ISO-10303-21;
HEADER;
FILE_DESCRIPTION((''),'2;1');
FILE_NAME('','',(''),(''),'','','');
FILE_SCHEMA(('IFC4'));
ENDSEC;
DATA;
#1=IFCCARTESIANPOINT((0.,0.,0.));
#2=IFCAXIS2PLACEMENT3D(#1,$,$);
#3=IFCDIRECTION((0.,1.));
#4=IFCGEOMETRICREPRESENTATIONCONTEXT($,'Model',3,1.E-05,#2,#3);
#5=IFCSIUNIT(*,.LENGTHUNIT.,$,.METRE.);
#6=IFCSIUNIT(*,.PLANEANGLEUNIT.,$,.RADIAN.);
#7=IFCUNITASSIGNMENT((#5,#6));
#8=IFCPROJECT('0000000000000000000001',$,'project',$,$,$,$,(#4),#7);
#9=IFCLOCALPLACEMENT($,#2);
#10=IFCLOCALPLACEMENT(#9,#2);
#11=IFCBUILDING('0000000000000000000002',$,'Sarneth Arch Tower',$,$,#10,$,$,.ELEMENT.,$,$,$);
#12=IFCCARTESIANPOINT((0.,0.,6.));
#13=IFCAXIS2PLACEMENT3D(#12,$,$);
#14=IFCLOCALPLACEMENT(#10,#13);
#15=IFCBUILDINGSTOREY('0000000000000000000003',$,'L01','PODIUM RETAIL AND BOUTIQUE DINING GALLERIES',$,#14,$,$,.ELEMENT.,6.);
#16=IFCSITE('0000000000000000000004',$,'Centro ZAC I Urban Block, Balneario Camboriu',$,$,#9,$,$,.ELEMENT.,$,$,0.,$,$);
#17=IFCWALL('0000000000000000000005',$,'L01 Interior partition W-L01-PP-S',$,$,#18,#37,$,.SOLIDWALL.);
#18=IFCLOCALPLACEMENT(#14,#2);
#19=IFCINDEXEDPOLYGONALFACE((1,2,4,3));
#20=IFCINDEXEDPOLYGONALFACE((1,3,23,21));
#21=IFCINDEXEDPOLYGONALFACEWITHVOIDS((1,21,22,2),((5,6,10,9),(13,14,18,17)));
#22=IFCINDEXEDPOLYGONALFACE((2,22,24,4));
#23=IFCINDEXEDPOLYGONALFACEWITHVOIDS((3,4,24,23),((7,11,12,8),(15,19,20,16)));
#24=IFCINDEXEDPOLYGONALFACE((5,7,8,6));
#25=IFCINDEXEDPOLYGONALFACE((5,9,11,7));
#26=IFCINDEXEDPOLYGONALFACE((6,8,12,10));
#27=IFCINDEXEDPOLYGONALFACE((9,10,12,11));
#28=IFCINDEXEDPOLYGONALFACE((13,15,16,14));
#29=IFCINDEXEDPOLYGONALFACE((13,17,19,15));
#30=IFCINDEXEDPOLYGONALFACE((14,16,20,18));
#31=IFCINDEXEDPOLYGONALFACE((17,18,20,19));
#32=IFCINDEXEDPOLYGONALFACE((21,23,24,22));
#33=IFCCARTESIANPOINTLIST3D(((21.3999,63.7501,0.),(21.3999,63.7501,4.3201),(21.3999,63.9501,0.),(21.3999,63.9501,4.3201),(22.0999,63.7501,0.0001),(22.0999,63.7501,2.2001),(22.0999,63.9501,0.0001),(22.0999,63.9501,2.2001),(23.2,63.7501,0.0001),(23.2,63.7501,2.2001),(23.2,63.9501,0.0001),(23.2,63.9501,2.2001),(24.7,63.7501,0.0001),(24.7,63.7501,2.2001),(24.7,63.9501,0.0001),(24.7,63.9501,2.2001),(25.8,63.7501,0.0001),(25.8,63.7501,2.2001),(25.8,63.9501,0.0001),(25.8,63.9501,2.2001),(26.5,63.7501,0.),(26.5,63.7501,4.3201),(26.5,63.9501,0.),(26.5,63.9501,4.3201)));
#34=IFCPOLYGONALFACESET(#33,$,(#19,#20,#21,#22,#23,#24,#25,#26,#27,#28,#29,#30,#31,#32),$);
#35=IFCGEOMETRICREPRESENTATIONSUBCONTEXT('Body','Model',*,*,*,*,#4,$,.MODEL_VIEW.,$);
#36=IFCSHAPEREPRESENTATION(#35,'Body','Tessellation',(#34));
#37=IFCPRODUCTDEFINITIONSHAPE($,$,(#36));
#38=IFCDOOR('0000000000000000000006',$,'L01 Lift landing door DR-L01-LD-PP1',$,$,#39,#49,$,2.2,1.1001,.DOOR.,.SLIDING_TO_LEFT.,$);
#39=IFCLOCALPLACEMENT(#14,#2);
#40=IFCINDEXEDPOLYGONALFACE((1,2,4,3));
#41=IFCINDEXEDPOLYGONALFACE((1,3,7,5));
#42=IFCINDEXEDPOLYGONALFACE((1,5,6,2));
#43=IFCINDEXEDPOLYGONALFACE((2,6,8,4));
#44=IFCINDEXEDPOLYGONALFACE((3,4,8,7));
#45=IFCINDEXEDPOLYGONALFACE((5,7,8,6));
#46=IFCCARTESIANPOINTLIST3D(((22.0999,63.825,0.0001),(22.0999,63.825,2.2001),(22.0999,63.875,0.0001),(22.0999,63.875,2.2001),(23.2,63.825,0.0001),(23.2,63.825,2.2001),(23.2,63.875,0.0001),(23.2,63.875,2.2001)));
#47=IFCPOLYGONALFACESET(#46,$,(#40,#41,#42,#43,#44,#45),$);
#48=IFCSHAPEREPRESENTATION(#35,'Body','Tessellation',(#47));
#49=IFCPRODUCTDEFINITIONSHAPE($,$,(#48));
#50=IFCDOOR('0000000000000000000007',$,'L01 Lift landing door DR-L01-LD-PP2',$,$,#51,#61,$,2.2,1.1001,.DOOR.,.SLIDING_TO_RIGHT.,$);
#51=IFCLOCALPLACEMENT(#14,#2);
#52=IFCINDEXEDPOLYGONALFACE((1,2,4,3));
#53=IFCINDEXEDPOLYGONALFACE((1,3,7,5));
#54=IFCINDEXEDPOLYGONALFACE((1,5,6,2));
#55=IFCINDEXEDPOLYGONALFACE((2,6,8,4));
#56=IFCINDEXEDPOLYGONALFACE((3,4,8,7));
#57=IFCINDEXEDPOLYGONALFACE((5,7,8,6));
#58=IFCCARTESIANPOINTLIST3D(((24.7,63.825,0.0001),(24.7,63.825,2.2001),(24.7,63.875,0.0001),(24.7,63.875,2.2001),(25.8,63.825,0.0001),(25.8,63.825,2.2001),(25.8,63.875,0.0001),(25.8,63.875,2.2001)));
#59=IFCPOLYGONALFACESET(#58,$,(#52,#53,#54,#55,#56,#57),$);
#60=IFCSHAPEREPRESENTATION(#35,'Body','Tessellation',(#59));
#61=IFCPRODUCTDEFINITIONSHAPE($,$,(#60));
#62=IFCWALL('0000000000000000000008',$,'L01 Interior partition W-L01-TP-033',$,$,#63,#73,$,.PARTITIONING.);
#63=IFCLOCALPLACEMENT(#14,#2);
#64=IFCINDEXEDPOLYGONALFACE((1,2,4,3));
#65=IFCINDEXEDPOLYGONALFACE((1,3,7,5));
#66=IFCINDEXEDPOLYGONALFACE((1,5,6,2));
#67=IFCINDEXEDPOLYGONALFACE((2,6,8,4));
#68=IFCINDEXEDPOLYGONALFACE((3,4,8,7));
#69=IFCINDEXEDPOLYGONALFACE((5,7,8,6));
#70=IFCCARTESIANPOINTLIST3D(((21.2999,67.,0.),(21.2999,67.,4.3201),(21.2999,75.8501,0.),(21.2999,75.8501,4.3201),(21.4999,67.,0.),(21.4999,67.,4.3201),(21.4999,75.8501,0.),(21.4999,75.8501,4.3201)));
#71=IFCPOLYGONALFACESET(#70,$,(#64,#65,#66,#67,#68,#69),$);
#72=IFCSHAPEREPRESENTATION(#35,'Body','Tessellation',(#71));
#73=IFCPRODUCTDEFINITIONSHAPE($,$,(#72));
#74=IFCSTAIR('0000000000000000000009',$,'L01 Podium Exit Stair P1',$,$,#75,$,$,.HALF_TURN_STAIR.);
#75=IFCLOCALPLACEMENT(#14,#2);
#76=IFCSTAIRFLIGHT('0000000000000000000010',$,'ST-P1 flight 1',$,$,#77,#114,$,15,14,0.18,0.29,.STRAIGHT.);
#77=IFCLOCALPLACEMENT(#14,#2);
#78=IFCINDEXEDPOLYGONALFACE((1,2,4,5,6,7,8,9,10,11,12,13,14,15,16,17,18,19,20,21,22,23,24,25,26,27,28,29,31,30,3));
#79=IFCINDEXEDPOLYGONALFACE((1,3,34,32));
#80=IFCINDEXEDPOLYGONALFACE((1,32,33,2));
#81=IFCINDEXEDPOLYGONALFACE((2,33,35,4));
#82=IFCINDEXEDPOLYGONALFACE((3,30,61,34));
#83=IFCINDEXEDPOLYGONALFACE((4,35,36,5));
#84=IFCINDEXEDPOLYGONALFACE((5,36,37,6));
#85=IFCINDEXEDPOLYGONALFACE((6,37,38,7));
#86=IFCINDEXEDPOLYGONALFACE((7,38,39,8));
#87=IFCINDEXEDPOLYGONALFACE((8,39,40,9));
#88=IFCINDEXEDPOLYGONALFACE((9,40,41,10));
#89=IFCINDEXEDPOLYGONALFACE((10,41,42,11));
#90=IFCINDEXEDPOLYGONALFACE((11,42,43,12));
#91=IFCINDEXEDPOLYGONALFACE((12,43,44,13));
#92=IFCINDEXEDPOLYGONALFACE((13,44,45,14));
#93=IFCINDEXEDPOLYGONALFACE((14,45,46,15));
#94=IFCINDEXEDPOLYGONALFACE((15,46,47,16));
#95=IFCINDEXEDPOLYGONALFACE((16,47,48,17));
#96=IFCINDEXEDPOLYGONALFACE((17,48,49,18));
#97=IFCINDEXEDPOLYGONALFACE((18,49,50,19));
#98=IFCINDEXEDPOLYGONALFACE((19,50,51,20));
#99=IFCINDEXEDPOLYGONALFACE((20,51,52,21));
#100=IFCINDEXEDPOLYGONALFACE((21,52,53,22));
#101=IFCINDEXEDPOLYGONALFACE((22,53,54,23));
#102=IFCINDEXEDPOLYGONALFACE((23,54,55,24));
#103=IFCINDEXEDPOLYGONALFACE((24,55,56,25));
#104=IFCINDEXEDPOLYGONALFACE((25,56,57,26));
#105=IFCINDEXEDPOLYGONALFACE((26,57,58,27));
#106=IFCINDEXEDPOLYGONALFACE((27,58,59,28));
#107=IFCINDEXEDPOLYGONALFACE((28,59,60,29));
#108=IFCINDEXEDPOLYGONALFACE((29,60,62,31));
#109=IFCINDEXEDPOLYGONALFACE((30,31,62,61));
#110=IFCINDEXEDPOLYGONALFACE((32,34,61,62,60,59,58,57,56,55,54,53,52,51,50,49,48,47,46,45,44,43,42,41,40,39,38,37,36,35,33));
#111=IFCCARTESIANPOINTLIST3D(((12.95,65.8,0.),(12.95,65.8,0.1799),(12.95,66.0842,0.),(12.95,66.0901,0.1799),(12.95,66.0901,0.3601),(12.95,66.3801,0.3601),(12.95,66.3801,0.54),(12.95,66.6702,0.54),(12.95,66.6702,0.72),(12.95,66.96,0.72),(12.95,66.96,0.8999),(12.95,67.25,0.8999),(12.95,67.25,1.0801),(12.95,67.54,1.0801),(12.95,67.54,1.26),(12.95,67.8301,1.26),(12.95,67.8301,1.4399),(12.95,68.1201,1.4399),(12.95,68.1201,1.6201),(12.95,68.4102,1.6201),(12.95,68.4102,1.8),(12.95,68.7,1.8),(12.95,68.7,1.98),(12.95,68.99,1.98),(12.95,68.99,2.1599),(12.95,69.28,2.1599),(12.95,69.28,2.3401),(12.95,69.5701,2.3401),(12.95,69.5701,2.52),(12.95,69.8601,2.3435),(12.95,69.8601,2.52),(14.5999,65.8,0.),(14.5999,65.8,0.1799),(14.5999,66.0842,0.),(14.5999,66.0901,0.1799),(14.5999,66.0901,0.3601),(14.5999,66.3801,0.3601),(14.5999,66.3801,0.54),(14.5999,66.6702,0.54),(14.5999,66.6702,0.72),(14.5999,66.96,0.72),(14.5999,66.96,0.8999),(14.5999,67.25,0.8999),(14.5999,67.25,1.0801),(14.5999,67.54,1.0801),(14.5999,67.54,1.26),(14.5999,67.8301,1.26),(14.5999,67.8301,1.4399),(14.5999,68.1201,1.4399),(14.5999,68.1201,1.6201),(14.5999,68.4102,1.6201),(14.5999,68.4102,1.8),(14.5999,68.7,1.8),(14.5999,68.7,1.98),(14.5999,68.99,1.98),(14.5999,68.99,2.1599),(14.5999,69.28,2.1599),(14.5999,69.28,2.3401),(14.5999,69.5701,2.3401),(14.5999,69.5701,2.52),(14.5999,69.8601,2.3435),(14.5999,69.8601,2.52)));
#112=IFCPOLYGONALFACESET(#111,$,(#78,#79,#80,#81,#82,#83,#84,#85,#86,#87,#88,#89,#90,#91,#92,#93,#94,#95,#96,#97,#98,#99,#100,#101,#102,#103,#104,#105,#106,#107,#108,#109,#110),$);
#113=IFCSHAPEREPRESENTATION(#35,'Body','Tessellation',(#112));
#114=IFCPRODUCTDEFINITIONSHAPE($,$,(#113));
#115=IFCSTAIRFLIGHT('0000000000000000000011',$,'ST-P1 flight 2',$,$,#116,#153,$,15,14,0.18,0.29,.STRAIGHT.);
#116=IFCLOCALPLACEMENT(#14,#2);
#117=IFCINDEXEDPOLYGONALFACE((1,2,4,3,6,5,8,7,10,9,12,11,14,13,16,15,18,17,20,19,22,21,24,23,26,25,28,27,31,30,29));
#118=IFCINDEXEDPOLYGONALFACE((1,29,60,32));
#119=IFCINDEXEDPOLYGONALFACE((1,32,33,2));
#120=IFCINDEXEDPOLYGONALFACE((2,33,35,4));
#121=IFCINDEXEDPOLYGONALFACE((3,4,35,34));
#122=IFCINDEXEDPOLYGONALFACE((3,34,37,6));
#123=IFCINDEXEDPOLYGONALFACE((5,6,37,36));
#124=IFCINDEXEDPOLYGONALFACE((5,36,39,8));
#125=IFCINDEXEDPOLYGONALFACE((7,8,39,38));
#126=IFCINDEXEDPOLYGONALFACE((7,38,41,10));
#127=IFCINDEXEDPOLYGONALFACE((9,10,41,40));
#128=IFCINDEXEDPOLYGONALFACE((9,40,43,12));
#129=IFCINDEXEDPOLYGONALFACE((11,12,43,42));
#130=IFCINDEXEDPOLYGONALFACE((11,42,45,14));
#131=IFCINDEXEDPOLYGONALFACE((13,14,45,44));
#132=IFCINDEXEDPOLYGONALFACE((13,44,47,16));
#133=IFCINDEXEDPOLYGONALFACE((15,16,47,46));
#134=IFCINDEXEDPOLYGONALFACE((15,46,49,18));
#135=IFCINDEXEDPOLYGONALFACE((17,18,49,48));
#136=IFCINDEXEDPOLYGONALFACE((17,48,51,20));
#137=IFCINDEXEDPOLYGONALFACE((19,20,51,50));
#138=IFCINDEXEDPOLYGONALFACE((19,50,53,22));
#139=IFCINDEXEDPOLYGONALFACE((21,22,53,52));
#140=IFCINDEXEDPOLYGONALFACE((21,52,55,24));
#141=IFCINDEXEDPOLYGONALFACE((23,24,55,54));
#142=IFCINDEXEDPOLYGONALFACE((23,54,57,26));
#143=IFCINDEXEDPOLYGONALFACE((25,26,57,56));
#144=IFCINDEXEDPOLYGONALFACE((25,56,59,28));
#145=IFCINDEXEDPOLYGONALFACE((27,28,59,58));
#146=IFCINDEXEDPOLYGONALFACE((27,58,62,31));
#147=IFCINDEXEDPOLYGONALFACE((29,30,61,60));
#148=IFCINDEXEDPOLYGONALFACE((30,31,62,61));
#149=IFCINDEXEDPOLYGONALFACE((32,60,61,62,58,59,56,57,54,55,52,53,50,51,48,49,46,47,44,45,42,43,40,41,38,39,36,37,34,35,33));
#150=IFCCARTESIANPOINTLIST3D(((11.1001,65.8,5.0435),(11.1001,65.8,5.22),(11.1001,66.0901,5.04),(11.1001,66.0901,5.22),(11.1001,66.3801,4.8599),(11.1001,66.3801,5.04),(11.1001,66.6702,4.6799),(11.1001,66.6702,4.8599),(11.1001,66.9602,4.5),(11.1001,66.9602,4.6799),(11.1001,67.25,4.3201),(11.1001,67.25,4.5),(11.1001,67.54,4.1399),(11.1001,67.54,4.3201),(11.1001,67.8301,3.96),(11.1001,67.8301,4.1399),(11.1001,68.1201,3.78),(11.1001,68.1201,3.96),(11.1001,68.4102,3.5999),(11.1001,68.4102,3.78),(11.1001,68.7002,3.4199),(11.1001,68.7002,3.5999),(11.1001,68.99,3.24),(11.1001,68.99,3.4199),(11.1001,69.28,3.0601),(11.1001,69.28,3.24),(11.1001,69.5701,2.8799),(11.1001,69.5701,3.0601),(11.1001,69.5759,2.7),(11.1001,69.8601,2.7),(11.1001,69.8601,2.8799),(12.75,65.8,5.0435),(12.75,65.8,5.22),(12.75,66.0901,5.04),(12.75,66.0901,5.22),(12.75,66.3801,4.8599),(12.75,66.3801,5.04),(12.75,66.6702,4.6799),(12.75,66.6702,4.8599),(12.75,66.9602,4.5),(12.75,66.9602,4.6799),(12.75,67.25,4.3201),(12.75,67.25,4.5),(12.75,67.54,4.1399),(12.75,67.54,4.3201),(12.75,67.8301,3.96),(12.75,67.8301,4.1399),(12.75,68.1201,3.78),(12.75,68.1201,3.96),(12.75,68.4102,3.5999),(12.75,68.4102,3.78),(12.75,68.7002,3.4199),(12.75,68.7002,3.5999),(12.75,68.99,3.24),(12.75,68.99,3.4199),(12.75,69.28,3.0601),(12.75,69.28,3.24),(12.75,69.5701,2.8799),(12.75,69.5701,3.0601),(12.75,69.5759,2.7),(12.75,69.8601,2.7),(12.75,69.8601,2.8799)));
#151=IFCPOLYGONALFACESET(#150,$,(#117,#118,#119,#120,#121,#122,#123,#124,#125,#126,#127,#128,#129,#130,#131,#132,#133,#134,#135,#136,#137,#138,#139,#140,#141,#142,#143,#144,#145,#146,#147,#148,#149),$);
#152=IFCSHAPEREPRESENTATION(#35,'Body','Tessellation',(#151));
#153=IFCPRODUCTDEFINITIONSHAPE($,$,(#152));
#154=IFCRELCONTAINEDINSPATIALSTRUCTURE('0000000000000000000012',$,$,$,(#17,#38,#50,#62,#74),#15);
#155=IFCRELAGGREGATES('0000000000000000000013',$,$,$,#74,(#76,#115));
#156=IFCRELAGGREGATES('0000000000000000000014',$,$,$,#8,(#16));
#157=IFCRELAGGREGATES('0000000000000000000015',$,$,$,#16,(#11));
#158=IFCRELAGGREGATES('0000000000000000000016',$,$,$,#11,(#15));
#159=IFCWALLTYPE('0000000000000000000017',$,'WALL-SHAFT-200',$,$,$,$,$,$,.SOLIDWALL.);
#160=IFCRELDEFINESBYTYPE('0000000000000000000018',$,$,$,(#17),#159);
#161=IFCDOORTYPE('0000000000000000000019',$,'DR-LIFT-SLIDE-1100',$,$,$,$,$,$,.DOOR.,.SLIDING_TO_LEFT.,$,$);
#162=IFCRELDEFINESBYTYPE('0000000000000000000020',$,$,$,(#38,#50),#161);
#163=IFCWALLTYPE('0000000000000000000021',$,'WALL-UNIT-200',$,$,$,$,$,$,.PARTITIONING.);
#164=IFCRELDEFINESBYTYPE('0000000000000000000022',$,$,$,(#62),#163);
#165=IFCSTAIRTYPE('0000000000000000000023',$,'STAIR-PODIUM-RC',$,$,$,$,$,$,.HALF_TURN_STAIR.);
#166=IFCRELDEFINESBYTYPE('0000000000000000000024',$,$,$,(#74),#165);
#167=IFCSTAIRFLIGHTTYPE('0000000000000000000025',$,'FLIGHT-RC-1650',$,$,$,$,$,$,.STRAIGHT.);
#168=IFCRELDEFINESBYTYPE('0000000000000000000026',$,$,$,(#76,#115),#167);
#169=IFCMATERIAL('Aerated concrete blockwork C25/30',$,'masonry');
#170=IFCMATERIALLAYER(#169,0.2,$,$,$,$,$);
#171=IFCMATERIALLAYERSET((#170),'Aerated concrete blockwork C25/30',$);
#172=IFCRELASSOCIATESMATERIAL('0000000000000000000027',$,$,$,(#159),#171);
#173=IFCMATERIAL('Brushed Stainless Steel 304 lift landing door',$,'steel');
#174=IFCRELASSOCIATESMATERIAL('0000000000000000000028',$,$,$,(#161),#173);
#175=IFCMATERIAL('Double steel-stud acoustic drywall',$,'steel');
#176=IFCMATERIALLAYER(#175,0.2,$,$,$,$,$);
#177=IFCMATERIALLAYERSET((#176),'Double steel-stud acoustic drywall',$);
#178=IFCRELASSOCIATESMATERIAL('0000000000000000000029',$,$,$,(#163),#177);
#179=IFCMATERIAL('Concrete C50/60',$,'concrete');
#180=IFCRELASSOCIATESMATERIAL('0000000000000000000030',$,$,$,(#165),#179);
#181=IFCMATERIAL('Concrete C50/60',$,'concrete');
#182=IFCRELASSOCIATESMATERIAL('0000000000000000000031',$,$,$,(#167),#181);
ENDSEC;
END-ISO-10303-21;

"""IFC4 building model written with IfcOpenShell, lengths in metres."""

from ifc_helpers import new_model, si_unit, direction, frame, frame_2d, origin, place, context, subcontext, project, spatial, polyline, rectangle, outline, extrude, material, layer, layer_set, type_object, element, fill, aggregate, save


model = new_model("IFC4")

# Units and contexts
model_context = context("Model", 3, precision=1e-05, world=origin(), true_north=direction((0.0, 1.0)))
body_context = subcontext(model_context, "Body", "Model", "MODEL_VIEW")
ifc_project = project(units=[si_unit("LENGTHUNIT", "METRE"), si_unit("PLANEANGLEUNIT", "RADIAN")], contexts=[model_context])

# Site, building, storey
site_placement = place(None, origin())
site = spatial("IfcSite", under=ifc_project, at=site_placement, Name="Centro ZAC I Urban Block, Balneario Camboriu", CompositionType="ELEMENT", RefElevation=0.0)
building_placement = place(site_placement, origin())
building = spatial("IfcBuilding", under=site, at=building_placement, Name="Sarneth Arch Tower", CompositionType="ELEMENT")
storey_placement = place(building_placement, frame((0.0, 0.0, 6.0)))
storey = spatial("IfcBuildingStorey", under=building, at=storey_placement, Name="L01", Description="PODIUM RETAIL AND BOUTIQUE DINING GALLERIES", CompositionType="ELEMENT", Elevation=6.0)

# Shared definitions
ifc_material_1 = material(Name="Aerated concrete blockwork C25/30", Category="masonry")
ifc_layer_1 = layer(ifc_material_1, 0.2)
ifc_layer_set_1 = layer_set([ifc_layer_1], Name="Aerated concrete blockwork C25/30")
wall_type_1 = type_object("IfcWallType", Name="WALL-SHAFT-200", PredefinedType="SOLIDWALL", material=ifc_layer_set_1)

# Wall, openings, doors
wall_1_placement = place(storey_placement, frame((21.3999, 63.8501, 0.0), z_axis=(0.0, 0.0, 1.0), x_axis=(1.0, 0.0, 0.0)))
wall_1 = element("IfcWall", 1, at=wall_1_placement, inside=storey, type_object=wall_type_1, Name="L01 Interior partition W-L01-PP-S", PredefinedType="SOLIDWALL", context=body_context, shape_type="SweptSolid", body=[
    extrude(rectangle(XDim=5.1001, YDim=0.2, at=frame_2d((2.55, 0.0))), origin(), (0.0, 0.0, 1.0), 4.3201),
])
opening_1_placement = place(wall_1_placement, frame((0.7, 0.0, 0.0)))
opening_1 = element("IfcOpeningElement", 2, at=opening_1_placement, cuts=wall_1, PredefinedType="OPENING", context=body_context, shape_type="SweptSolid", body=[
    extrude(rectangle(XDim=1.1001, YDim=2.2, at=frame_2d((0.55, 1.1001))), frame((0.0, 0.1099, 0.0), z_axis=(0.0, -1.0, 0.0), x_axis=(1.0, 0.0, 0.0)), (0.0, 0.0, 1.0), 0.22),
])
opening_2_placement = place(wall_1_placement, frame((3.3, 0.0, 0.0)))
opening_2 = element("IfcOpeningElement", 3, at=opening_2_placement, cuts=wall_1, PredefinedType="OPENING", context=body_context, shape_type="SweptSolid", body=[
    extrude(rectangle(XDim=1.1001, YDim=2.2, at=frame_2d((0.55, 1.1001))), frame((0.0, 0.1099, 0.0), z_axis=(0.0, -1.0, 0.0), x_axis=(1.0, 0.0, 0.0)), (0.0, 0.0, 1.0), 0.22),
])
ifc_material_2 = material(Name="Brushed Stainless Steel 304 lift landing door", Category="steel")
door_type_1 = type_object("IfcDoorType", Name="DR-LIFT-SLIDE-1100", OperationType="SLIDING_TO_LEFT", PredefinedType="DOOR", material=ifc_material_2)
door_1_placement = place(opening_1_placement, origin())
door_1 = element("IfcDoor", 4, at=door_1_placement, inside=storey, type_object=door_type_1, Name="L01 Lift landing door DR-L01-LD-PP1", OperationType="SLIDING_TO_LEFT", OverallHeight=2.2, OverallWidth=1.1001, PredefinedType="DOOR", context=body_context, shape_type="SweptSolid", body=[
    extrude(rectangle(XDim=1.1001, YDim=2.2, at=frame_2d((0.55, 1.1001))), frame((0.0, 0.0249, 0.0), z_axis=(0.0, -1.0, 0.0), x_axis=(1.0, 0.0, 0.0)), (0.0, 0.0, 1.0), 0.05),
])
fill(opening_1, door_1)
door_2_placement = place(opening_2_placement, origin())
door_2 = element("IfcDoor", 5, at=door_2_placement, inside=storey, type_object=door_type_1, Name="L01 Lift landing door DR-L01-LD-PP2", OperationType="SLIDING_TO_RIGHT", OverallHeight=2.2, OverallWidth=1.1001, PredefinedType="DOOR", context=body_context, shape_type="SweptSolid", body=[
    extrude(rectangle(XDim=1.1001, YDim=2.2, at=frame_2d((0.55, 1.1001))), frame((0.0, 0.0249, 0.0), z_axis=(0.0, -1.0, 0.0), x_axis=(1.0, 0.0, 0.0)), (0.0, 0.0, 1.0), 0.05),
])
fill(opening_2, door_2)

# Wall
ifc_material_3 = material(Name="Double steel-stud acoustic drywall", Category="steel")
ifc_layer_2 = layer(ifc_material_3, 0.2)
ifc_layer_set_2 = layer_set([ifc_layer_2], Name="Double steel-stud acoustic drywall")
wall_type_2 = type_object("IfcWallType", Name="WALL-UNIT-200", PredefinedType="PARTITIONING", material=ifc_layer_set_2)
wall_2_placement = place(storey_placement, frame((21.3999, 67.0, 0.0), z_axis=(0.0, 0.0, 1.0), x_axis=(0.0, 1.0, 0.0)))
element("IfcWall", 6, at=wall_2_placement, inside=storey, type_object=wall_type_2, Name="L01 Interior partition W-L01-TP-033", PredefinedType="PARTITIONING", context=body_context, shape_type="SweptSolid", body=[
    extrude(rectangle(XDim=8.8501, YDim=0.2, at=frame_2d((4.425, 0.0))), origin(), (0.0, 0.0, 1.0), 4.3201),
])

# Stair, stair flights
ifc_material_4 = material(Name="Concrete C50/60", Category="concrete")
stair_type = type_object("IfcStairType", Name="STAIR-PODIUM-RC", PredefinedType="HALF_TURN_STAIR", material=ifc_material_4)
stair_placement = place(storey_placement, origin())
stair = element("IfcStair", 7, at=stair_placement, inside=storey, type_object=stair_type, Name="L01 Podium Exit Stair P1", PredefinedType="HALF_TURN_STAIR")
ifc_material_5 = material(Name="Concrete C50/60", Category="concrete")
stair_flight_type = type_object("IfcStairFlightType", Name="FLIGHT-RC-1650", PredefinedType="STRAIGHT", material=ifc_material_5)
stair_flight_1_placement = place(storey_placement, frame((13.7749, 65.8, 0.0), z_axis=(0.0, 0.0, 1.0), x_axis=(0.0, 1.0, 0.0)))
stair_flight_1 = element("IfcStairFlight", 8, at=stair_flight_1_placement, type_object=stair_flight_type, Name="ST-P1 flight 1", NumberOfRisers=15, NumberOfTreads=14, PredefinedType="STRAIGHT", RiserHeight=0.18, TreadLength=0.29, context=body_context, shape_type="SweptSolid", body=[
    extrude(outline(polyline([(0.0, 0.0), (0.0, 0.1799), (0.29, 0.1799), (0.29, 0.3601), (0.5801, 0.3601), (0.5801, 0.54), (0.8701, 0.54), (0.8701, 0.72), (1.1599, 0.72), (1.1599, 0.8999), (1.45, 0.8999), (1.45, 1.0801), (1.74, 1.0801), (1.74, 1.26), (2.03, 1.26), (2.03, 1.4399), (2.3201, 1.4399), (2.3201, 1.6201), (2.6101, 1.6201), (2.6101, 1.8), (2.8999, 1.8), (2.8999, 1.98), (3.1899, 1.98), (3.1899, 2.1599), (3.48, 2.1599), (3.48, 2.3401), (3.77, 2.3401), (3.77, 2.52), (4.0601, 2.52), (4.0601, 2.7), (4.0601, 2.3435), (0.2842, 0.0), (0.0, 0.0)])), frame((0.0, 0.825, 0.0), z_axis=(0.0, -1.0, 0.0), x_axis=(1.0, 0.0, 0.0)), (0.0, 0.0, 1.0), 1.6499),
])
stair_flight_2_placement = place(storey_placement, frame((11.925, 69.8601, 2.7), z_axis=(0.0, 0.0, 1.0), x_axis=(0.0, -1.0, 0.0)))
stair_flight_2 = element("IfcStairFlight", 9, at=stair_flight_2_placement, type_object=stair_flight_type, Name="ST-P1 flight 2", NumberOfRisers=15, NumberOfTreads=14, PredefinedType="STRAIGHT", RiserHeight=0.18, TreadLength=0.29, context=body_context, shape_type="SweptSolid", body=[
    extrude(outline(polyline([(0.0, 0.0), (0.0, 0.1799), (0.29, 0.1799), (0.29, 0.3601), (0.5801, 0.3601), (0.5801, 0.54), (0.8701, 0.54), (0.8701, 0.72), (1.1599, 0.72), (1.1599, 0.8999), (1.45, 0.8999), (1.45, 1.0801), (1.74, 1.0801), (1.74, 1.26), (2.03, 1.26), (2.03, 1.4399), (2.3201, 1.4399), (2.3201, 1.6201), (2.6101, 1.6201), (2.6101, 1.8), (2.8999, 1.8), (2.8999, 1.98), (3.1899, 1.98), (3.1899, 2.1599), (3.48, 2.1599), (3.48, 2.3401), (3.77, 2.3401), (3.77, 2.52), (4.0601, 2.52), (4.0601, 2.7), (4.0601, 2.3435), (0.2842, 0.0), (0.0, 0.0)])), frame((0.0, 0.825, 0.0), z_axis=(0.0, -1.0, 0.0), x_axis=(1.0, 0.0, 0.0)), (0.0, 0.0, 1.0), 1.6499),
])
aggregate(stair, [stair_flight_1, stair_flight_2])

save(model, "model.ifc")
